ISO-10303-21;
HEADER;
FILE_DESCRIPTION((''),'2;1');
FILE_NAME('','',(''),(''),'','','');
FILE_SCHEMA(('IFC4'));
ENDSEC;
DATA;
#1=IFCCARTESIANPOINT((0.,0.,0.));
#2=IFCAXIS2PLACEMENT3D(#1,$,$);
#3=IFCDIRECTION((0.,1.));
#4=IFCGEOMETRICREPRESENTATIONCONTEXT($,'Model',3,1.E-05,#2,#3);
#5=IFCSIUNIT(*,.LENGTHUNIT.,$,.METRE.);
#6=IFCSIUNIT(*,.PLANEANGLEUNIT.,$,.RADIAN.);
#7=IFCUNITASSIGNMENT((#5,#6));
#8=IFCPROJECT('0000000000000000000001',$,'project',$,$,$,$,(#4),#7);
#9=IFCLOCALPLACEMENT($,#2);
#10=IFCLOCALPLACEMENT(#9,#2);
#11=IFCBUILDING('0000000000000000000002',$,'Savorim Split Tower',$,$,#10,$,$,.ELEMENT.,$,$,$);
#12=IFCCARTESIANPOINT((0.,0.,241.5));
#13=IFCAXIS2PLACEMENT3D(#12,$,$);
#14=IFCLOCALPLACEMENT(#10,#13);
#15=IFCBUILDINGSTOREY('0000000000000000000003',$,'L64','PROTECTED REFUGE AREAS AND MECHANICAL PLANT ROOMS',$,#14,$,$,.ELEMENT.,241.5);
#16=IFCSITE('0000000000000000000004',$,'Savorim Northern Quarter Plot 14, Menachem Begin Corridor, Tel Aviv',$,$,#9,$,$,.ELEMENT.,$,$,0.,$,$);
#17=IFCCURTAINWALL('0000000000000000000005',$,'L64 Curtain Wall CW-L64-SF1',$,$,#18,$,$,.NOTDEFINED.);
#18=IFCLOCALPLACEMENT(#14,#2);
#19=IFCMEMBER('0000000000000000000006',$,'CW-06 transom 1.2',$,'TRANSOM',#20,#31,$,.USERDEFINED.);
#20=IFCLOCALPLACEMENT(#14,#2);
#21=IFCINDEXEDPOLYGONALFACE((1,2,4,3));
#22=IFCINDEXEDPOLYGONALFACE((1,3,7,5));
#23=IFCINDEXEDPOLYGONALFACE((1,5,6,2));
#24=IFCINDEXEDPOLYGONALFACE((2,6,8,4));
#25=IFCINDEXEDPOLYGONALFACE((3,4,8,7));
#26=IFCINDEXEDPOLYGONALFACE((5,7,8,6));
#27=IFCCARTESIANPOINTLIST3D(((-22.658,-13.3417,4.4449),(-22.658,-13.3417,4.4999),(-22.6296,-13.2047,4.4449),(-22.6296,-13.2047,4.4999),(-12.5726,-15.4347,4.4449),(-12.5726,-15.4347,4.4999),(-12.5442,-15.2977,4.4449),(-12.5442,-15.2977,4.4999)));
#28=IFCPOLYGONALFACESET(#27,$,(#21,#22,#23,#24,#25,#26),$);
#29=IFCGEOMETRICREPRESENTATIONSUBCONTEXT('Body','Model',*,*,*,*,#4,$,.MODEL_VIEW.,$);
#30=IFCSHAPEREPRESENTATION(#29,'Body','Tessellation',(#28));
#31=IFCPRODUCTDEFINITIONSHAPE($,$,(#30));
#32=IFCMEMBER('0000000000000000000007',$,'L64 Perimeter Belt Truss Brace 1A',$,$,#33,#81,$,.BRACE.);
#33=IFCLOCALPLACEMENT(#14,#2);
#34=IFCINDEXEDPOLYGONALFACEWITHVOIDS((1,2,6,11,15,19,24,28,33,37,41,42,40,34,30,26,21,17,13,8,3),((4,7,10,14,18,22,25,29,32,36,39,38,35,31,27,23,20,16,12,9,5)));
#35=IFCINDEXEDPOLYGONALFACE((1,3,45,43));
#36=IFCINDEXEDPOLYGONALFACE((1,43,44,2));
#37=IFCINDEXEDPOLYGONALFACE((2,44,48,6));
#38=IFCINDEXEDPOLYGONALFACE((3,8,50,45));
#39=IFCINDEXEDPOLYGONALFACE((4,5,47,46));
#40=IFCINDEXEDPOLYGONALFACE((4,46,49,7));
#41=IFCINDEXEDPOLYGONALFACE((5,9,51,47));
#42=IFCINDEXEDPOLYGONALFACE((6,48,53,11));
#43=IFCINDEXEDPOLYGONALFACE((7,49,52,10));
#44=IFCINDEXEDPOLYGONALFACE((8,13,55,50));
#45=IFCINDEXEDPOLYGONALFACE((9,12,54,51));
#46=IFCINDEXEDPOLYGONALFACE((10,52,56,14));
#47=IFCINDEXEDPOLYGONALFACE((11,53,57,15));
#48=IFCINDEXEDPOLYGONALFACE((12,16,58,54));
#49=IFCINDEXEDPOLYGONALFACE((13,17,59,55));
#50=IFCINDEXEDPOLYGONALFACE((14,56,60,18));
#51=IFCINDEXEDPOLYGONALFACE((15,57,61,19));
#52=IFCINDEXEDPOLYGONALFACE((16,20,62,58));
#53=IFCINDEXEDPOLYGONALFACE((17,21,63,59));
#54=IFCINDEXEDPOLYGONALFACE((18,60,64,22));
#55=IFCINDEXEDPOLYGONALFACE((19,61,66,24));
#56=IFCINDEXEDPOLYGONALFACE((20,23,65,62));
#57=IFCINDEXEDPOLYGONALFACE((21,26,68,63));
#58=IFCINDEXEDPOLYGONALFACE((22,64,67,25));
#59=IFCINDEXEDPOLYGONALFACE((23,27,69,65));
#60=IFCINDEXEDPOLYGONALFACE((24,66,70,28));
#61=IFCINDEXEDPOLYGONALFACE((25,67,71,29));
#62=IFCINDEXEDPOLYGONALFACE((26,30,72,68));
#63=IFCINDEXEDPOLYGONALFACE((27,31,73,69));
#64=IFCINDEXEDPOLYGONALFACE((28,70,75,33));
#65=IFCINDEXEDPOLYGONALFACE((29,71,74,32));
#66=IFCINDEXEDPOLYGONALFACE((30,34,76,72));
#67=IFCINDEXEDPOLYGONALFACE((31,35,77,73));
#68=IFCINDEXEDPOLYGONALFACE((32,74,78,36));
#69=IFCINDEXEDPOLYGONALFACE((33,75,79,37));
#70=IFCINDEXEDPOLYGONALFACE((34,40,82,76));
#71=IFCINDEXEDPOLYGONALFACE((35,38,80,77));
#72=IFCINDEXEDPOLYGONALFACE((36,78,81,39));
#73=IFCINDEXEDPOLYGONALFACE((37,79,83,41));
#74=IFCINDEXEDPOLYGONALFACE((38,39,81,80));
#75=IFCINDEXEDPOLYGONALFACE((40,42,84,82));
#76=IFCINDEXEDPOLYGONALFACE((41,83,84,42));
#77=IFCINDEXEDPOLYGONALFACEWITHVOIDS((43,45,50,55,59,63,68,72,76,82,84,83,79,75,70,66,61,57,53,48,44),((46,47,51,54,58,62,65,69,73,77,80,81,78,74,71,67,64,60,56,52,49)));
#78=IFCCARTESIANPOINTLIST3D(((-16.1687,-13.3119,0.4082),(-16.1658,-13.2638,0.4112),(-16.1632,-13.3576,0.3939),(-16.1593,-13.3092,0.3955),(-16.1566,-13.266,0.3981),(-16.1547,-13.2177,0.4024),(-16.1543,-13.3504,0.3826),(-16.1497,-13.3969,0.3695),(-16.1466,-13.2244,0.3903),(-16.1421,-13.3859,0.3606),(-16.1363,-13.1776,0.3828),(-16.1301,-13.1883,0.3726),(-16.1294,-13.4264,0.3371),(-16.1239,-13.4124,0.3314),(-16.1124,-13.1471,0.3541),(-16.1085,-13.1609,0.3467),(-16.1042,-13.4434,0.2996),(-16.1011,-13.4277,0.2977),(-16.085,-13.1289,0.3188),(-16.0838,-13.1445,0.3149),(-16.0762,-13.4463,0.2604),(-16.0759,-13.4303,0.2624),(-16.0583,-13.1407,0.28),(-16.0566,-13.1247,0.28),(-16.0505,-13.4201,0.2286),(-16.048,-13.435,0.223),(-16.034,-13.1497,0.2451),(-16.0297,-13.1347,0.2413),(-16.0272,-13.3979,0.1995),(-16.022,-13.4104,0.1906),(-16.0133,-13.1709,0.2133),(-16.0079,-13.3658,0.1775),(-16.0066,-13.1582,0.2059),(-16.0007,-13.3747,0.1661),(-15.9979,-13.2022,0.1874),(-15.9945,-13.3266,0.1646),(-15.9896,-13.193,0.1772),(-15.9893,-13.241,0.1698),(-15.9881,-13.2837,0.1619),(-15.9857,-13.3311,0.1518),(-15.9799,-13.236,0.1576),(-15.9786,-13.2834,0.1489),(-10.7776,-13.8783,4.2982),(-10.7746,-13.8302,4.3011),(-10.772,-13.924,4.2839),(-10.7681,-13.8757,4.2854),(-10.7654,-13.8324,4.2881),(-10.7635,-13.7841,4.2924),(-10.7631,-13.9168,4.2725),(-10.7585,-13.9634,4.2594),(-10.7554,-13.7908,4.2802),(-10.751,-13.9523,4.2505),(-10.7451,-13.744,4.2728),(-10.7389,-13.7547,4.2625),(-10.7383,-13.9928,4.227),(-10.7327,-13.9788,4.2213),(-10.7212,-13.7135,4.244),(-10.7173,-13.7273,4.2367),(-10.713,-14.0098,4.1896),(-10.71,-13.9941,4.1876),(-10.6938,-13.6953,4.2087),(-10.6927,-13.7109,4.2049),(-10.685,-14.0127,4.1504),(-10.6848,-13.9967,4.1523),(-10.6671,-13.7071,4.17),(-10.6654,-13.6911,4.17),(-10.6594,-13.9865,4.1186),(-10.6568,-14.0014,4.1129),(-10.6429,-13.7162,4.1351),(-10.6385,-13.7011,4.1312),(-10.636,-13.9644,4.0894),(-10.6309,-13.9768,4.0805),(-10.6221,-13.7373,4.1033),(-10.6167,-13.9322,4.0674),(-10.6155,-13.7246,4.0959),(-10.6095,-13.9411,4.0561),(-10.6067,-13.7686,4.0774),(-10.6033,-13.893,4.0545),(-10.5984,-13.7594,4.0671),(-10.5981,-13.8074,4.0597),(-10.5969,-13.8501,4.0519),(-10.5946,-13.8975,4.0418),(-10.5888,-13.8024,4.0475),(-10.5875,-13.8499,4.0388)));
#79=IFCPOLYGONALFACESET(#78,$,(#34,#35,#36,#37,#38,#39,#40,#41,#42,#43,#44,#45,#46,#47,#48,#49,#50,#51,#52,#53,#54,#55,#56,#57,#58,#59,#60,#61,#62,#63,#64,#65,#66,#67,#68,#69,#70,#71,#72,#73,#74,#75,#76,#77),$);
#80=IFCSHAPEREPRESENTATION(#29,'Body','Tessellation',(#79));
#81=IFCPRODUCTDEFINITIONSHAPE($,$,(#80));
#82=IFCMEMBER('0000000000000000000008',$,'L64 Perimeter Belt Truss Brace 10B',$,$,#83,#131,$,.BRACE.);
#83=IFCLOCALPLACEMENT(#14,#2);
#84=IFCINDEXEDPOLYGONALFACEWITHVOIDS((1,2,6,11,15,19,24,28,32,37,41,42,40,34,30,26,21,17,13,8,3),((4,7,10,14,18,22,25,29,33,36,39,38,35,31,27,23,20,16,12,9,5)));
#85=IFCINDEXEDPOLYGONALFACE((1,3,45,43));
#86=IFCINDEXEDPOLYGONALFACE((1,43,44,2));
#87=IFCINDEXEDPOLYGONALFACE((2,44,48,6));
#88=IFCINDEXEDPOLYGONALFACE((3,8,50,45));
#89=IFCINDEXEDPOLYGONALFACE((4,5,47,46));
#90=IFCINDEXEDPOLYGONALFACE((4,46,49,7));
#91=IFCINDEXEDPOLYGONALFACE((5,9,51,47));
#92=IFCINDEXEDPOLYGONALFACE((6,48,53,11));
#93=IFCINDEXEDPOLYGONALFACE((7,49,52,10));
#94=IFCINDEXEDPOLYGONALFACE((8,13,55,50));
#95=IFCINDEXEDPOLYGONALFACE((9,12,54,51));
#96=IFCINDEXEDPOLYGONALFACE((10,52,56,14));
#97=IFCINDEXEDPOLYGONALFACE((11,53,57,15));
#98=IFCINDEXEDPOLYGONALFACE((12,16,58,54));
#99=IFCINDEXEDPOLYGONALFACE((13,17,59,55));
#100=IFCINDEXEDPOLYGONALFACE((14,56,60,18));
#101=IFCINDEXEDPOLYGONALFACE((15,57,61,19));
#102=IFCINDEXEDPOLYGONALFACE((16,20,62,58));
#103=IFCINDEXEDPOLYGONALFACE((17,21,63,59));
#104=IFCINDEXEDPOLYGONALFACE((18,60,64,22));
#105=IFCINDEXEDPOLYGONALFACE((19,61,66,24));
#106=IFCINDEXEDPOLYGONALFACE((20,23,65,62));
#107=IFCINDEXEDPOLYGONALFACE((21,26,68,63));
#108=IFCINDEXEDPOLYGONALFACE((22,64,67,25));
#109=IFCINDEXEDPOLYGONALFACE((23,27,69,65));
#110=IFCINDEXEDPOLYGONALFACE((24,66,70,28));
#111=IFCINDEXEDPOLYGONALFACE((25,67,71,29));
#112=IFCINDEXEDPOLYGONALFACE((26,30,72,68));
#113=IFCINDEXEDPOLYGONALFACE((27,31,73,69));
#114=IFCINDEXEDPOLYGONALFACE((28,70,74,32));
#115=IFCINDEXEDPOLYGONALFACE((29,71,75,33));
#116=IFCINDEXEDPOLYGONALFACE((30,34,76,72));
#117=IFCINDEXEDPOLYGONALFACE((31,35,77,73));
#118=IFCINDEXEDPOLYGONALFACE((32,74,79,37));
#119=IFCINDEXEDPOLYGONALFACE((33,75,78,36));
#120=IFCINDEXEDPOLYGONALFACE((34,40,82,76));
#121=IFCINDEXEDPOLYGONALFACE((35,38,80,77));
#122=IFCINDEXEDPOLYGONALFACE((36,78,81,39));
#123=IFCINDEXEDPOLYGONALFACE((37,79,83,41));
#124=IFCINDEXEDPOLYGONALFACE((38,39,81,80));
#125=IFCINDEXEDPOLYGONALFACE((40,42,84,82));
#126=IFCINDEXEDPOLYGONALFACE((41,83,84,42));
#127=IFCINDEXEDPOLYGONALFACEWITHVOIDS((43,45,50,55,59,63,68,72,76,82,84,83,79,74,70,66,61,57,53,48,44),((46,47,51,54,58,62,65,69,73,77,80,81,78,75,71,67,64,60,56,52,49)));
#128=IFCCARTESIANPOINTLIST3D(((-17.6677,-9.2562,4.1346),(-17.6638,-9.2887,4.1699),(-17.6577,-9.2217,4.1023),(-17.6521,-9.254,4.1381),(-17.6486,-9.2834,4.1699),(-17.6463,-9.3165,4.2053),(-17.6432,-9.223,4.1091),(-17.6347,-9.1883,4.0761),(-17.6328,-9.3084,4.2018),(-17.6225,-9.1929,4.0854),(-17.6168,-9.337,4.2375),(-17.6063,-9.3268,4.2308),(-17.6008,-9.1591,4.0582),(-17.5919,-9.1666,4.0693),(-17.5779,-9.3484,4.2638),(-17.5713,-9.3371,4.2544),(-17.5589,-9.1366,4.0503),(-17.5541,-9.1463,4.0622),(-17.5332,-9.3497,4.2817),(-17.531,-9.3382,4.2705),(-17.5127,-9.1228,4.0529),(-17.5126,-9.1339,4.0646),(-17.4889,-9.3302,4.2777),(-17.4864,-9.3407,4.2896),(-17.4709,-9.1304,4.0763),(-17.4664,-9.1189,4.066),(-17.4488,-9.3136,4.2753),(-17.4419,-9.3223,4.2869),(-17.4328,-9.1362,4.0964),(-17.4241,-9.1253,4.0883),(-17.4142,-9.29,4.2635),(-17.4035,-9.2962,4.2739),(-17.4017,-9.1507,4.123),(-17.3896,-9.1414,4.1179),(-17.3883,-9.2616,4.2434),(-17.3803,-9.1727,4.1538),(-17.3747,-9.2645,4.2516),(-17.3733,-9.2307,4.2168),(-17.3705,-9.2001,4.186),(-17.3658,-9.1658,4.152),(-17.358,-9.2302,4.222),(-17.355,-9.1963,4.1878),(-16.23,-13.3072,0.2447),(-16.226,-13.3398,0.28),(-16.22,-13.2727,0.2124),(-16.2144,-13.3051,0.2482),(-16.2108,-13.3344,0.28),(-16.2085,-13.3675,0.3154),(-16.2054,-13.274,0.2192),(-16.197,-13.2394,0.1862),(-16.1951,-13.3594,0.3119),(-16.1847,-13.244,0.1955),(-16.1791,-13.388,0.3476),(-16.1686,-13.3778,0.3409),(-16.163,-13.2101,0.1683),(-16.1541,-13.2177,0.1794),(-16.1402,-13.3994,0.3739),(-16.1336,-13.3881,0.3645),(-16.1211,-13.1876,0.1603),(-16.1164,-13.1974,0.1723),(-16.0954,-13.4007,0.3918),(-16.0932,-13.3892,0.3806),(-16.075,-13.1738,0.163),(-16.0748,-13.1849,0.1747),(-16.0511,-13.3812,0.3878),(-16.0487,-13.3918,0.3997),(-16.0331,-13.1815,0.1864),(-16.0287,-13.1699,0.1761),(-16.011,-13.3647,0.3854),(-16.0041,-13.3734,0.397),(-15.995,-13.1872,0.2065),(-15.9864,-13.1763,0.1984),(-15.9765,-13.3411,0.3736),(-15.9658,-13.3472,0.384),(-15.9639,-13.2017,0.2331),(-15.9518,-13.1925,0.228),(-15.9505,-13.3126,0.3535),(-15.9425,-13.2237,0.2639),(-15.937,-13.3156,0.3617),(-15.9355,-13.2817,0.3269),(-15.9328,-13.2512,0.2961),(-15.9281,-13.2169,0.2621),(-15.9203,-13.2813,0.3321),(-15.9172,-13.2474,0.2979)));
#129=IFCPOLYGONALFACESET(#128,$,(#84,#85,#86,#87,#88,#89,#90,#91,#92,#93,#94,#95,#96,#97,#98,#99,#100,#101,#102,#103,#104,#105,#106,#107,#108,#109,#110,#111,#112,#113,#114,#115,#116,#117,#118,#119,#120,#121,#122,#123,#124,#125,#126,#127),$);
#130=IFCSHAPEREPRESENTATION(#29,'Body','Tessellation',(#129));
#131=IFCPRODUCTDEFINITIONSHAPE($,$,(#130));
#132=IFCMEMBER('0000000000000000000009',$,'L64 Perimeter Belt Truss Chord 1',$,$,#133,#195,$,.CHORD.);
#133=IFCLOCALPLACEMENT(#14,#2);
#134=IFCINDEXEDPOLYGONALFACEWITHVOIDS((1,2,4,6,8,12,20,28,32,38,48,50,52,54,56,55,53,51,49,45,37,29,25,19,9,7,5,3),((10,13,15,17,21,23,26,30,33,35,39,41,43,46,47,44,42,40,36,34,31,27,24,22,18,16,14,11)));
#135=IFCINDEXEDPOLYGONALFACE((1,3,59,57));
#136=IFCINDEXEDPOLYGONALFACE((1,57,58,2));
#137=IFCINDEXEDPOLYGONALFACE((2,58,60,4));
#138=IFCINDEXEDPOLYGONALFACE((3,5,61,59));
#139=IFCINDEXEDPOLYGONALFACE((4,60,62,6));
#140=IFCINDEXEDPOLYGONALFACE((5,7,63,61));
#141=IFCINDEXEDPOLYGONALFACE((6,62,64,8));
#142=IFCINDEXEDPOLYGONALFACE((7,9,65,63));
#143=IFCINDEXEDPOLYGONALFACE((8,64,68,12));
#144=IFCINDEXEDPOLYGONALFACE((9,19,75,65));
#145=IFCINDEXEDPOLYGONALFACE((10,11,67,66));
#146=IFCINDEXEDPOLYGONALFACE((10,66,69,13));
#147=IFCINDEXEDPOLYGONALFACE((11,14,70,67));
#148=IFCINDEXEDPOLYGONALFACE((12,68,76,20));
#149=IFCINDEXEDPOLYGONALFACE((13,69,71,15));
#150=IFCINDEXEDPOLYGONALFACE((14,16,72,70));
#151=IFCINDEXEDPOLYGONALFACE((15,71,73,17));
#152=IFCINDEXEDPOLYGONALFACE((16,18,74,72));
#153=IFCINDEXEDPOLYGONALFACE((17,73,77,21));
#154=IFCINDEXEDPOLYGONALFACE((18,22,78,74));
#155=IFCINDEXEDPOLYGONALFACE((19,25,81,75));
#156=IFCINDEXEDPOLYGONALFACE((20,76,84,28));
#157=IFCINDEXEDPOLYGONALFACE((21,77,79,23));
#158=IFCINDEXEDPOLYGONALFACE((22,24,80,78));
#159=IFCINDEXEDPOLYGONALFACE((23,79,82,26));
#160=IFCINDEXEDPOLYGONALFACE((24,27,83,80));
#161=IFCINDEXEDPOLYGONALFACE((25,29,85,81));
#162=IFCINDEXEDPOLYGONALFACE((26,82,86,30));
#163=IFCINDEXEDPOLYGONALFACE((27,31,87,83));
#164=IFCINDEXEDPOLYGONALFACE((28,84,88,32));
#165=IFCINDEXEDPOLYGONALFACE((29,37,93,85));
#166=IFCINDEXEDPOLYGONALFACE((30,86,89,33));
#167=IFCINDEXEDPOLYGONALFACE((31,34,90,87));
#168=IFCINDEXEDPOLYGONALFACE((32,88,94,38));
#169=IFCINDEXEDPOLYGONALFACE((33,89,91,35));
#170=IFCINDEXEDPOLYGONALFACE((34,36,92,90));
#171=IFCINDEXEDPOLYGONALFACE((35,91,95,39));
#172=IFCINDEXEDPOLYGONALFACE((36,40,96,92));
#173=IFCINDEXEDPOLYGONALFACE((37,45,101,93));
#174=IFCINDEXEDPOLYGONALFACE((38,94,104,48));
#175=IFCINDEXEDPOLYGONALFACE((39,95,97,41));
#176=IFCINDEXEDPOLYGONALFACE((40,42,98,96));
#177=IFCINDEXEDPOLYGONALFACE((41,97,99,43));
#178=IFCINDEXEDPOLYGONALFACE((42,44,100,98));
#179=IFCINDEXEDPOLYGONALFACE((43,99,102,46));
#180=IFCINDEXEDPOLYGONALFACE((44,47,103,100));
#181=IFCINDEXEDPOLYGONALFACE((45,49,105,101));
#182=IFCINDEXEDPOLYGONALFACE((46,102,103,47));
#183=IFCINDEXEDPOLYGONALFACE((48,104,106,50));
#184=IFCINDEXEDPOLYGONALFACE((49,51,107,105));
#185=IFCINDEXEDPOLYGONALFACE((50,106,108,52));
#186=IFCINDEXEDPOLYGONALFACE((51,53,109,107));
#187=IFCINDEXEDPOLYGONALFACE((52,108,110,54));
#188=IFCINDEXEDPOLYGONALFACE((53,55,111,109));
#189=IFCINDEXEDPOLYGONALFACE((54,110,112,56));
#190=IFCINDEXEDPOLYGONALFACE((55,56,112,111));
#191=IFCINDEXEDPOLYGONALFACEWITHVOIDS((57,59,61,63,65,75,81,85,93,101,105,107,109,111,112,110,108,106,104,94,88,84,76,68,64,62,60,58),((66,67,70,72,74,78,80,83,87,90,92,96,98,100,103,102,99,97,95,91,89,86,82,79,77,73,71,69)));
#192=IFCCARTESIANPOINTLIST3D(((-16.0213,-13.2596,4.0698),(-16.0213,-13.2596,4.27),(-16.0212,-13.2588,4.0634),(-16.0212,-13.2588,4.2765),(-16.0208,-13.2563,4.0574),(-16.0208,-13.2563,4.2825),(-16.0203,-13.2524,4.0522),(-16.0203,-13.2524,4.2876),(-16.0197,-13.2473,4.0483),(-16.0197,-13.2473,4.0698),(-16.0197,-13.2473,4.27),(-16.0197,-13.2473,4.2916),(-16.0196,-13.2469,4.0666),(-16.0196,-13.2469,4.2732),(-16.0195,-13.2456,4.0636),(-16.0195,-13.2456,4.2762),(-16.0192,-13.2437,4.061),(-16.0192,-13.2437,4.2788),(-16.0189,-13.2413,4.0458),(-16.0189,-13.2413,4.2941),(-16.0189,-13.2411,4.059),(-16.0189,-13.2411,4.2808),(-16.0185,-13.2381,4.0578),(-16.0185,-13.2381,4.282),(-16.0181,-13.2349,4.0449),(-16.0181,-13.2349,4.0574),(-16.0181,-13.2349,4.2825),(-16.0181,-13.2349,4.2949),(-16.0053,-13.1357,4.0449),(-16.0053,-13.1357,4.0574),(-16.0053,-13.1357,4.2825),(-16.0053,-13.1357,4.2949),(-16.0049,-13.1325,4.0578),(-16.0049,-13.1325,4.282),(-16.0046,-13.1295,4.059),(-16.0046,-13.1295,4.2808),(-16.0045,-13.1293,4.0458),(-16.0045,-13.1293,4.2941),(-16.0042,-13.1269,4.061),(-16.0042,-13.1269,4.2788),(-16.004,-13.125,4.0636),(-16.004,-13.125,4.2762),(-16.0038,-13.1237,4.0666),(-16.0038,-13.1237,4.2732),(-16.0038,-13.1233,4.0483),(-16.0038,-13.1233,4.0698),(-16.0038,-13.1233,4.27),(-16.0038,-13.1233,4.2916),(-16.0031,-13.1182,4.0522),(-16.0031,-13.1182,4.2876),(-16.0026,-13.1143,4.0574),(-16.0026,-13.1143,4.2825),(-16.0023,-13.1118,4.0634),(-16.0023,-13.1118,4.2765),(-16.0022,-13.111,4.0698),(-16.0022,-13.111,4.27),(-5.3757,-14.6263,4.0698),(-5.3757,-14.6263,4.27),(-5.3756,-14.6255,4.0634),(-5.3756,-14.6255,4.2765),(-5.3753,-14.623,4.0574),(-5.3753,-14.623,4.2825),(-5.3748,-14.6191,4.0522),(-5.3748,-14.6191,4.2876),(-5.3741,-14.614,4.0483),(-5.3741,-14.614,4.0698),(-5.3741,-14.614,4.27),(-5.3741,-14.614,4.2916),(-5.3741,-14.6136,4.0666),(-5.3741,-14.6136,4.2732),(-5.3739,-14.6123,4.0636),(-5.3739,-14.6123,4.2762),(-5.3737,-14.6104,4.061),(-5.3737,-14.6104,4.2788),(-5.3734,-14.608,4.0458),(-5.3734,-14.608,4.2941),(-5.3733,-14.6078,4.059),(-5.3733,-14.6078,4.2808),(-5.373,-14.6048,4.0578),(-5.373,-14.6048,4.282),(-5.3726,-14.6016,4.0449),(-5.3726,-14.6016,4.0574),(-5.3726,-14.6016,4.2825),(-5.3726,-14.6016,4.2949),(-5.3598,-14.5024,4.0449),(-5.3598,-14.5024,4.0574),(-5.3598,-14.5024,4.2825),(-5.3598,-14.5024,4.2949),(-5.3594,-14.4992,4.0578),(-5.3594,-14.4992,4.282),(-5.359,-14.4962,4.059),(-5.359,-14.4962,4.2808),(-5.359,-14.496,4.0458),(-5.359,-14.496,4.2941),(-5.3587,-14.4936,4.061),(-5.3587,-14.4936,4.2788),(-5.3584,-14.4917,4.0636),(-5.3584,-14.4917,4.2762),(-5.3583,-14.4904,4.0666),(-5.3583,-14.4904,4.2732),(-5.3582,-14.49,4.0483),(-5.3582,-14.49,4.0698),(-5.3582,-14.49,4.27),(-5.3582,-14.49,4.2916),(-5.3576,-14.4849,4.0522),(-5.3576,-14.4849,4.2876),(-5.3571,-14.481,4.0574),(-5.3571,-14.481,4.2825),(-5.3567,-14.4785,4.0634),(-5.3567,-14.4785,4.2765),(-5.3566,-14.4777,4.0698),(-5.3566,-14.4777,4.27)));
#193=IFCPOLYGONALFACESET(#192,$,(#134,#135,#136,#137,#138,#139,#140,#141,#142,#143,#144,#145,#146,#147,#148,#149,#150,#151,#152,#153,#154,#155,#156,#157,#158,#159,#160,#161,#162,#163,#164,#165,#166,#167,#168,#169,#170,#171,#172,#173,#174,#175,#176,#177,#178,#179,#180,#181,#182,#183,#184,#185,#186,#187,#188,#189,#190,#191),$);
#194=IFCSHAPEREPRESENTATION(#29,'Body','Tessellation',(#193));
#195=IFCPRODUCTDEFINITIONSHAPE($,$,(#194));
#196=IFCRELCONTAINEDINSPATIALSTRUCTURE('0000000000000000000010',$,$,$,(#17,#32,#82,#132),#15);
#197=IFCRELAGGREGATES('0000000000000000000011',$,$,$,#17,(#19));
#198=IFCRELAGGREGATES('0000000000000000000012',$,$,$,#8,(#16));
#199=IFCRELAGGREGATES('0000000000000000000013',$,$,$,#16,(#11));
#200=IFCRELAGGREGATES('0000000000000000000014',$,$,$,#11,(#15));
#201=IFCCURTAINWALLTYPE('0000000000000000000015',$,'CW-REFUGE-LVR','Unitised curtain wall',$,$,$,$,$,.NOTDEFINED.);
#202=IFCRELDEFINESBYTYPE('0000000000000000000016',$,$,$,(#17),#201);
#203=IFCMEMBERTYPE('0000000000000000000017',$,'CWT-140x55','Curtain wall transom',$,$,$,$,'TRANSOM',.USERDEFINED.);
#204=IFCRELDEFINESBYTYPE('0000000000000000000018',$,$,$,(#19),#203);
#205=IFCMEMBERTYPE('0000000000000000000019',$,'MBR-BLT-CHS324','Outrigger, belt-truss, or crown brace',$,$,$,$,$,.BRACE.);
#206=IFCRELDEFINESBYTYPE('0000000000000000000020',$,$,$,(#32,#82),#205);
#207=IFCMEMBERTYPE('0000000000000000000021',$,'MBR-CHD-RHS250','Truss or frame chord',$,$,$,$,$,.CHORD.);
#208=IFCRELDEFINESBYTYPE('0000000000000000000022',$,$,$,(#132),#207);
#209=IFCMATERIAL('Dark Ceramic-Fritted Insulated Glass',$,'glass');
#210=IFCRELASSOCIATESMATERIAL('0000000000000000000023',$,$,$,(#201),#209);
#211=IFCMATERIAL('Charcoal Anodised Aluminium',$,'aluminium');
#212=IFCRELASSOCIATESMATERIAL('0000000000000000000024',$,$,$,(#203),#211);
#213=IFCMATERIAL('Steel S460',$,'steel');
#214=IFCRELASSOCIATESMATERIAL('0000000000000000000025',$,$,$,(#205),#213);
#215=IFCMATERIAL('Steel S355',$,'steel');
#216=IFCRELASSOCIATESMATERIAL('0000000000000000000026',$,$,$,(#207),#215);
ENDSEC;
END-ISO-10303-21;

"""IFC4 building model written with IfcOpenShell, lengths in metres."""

from ifc_helpers import new_model, si_unit, direction, frame, origin, origin_2d, place, context, subcontext, project, spatial, rectangle, hollow_rectangle, hollow_circle, extrude, material, material_profile, profile_set, type_object, element, aggregate, save


model = new_model("IFC4")

# Units and contexts
model_context = context("Model", 3, precision=1e-05, world=origin(), true_north=direction((0.0, 1.0)))
body_context = subcontext(model_context, "Body", "Model", "MODEL_VIEW")
ifc_project = project(units=[si_unit("LENGTHUNIT", "METRE"), si_unit("PLANEANGLEUNIT", "RADIAN")], contexts=[model_context])

# Site, building, storey
site_placement = place(None, origin())
site = spatial("IfcSite", under=ifc_project, at=site_placement, Name="Savorim Northern Quarter Plot 14, Menachem Begin Corridor, Tel Aviv", CompositionType="ELEMENT", RefElevation=0.0)
building_placement = place(site_placement, origin())
building = spatial("IfcBuilding", under=site, at=building_placement, Name="Savorim Split Tower", CompositionType="ELEMENT")
storey_placement = place(building_placement, frame((0.0, 0.0, 241.5)))
storey = spatial("IfcBuildingStorey", under=building, at=storey_placement, Name="L64", Description="PROTECTED REFUGE AREAS AND MECHANICAL PLANT ROOMS", CompositionType="ELEMENT", Elevation=241.5)

# Shared definitions
ifc_material_1 = material(Name="Steel S355", Category="steel")

# Curtain wall
ifc_material_2 = material(Name="Dark Ceramic-Fritted Insulated Glass", Category="glass")
curtain_wall_type = type_object("IfcCurtainWallType", Name="CW-REFUGE-LVR", Description="Unitised curtain wall", PredefinedType="NOTDEFINED", material=ifc_material_2)
curtain_wall_1_placement = place(storey_placement, origin())
curtain_wall_1 = element("IfcCurtainWall", 1, at=curtain_wall_1_placement, inside=storey, type_object=curtain_wall_type, Name="L64 Curtain Wall CW-L64-SF1", PredefinedType="NOTDEFINED")
ifc_material_3 = material(Name="Charcoal Anodised Aluminium", Category="aluminium")

# Member
ifc_material_profile_1 = material_profile(ifc_material_3, rectangle(XDim=0.1399, YDim=0.0549, at=origin_2d()), Name="ALU-T 140x55")
ifc_profile_set_1 = profile_set([ifc_material_profile_1], Name="Charcoal Anodised Aluminium")
member_type_1 = type_object("IfcMemberType", Name="CWT-140x55", Description="Curtain wall transom", ElementType="TRANSOM", PredefinedType="USERDEFINED", material=ifc_profile_set_1)
member_1_placement = place(storey_placement, frame((-22.6438, -13.2732, 4.4724), z_axis=(0.979137, -0.203199, 0.0), x_axis=(0.203199, 0.979137, 0.0)))
member_1 = element("IfcMember", 2, at=member_1_placement, type_object=member_type_1, Name="CW-06 transom 1.2", ObjectType="TRANSOM", PredefinedType="USERDEFINED", context=body_context, shape_type="SweptSolid", body=[
    extrude(rectangle(XDim=0.1399, YDim=0.0549, at=origin_2d()), origin(), (0.0, 0.0, 1.0), 10.3003),
])

# Members
ifc_material_4 = material(Name="Steel S460", Category="steel")
ifc_material_profile_2 = material_profile(ifc_material_4, hollow_circle(Radius=0.1619, WallThickness=0.0161, at=origin_2d()), Name="CHS 323.9x16")
ifc_profile_set_2 = profile_set([ifc_material_profile_2], Name="Steel S460")
member_type_2 = type_object("IfcMemberType", Name="MBR-BLT-CHS324", Description="Outrigger, belt-truss, or crown brace", PredefinedType="BRACE", material=ifc_profile_set_2)
member_2_placement = place(storey_placement, frame((-16.0735, -13.2856, 0.28), z_axis=(0.808015, -0.084892, 0.583014), x_axis=(0.104488, 0.994526, 0.0)))
element("IfcMember", 3, at=member_2_placement, inside=storey, type_object=member_type_2, Name="L64 Perimeter Belt Truss Brace 1A", PredefinedType="BRACE", context=body_context, shape_type="SweptSolid", body=[
    extrude(hollow_circle(Radius=0.1619, WallThickness=0.0161, at=origin_2d()), origin(), (0.0, 0.0, 1.0), 6.6721),
])
member_3_placement = place(storey_placement, frame((-16.0735, -13.2856, 0.28), z_axis=(-0.248001, 0.698773, 0.670979), x_axis=(-0.942407, -0.334468, 0.0)))
element("IfcMember", 4, at=member_3_placement, inside=storey, type_object=member_type_2, Name="L64 Perimeter Belt Truss Brace 10B", PredefinedType="BRACE", context=body_context, shape_type="SweptSolid", body=[
    extrude(hollow_circle(Radius=0.1619, WallThickness=0.0161, at=origin_2d()), origin(), (0.0, 0.0, 1.0), 5.7974),
])
ifc_material_profile_3 = material_profile(ifc_material_1, hollow_rectangle(XDim=0.1499, YDim=0.25, WallThickness=0.0125, InnerFilletRadius=0.0125, OuterFilletRadius=0.0249, at=origin_2d()), Name="RHS 250x150x12.5")
ifc_profile_set_3 = profile_set([ifc_material_profile_3], Name="Steel S355")
member_type_3 = type_object("IfcMemberType", Name="MBR-CHD-RHS250", Description="Truss or frame chord", PredefinedType="CHORD", material=ifc_profile_set_3)
member_4_placement = place(storey_placement, frame((-16.0117, -13.1853, 4.1699), z_axis=(0.991859, -0.127338, 0.0), x_axis=(0.127338, 0.991859, 0.0)))
element("IfcMember", 5, at=member_4_placement, inside=storey, type_object=member_type_3, Name="L64 Perimeter Belt Truss Chord 1", PredefinedType="CHORD", context=body_context, shape_type="SweptSolid", body=[
    extrude(hollow_rectangle(XDim=0.1499, YDim=0.25, WallThickness=0.0125, InnerFilletRadius=0.0125, OuterFilletRadius=0.0249, at=origin_2d()), origin(), (0.0, 0.0, 1.0), 10.7329),
])

aggregate(curtain_wall_1, [member_1])

save(model, "model.ifc")
